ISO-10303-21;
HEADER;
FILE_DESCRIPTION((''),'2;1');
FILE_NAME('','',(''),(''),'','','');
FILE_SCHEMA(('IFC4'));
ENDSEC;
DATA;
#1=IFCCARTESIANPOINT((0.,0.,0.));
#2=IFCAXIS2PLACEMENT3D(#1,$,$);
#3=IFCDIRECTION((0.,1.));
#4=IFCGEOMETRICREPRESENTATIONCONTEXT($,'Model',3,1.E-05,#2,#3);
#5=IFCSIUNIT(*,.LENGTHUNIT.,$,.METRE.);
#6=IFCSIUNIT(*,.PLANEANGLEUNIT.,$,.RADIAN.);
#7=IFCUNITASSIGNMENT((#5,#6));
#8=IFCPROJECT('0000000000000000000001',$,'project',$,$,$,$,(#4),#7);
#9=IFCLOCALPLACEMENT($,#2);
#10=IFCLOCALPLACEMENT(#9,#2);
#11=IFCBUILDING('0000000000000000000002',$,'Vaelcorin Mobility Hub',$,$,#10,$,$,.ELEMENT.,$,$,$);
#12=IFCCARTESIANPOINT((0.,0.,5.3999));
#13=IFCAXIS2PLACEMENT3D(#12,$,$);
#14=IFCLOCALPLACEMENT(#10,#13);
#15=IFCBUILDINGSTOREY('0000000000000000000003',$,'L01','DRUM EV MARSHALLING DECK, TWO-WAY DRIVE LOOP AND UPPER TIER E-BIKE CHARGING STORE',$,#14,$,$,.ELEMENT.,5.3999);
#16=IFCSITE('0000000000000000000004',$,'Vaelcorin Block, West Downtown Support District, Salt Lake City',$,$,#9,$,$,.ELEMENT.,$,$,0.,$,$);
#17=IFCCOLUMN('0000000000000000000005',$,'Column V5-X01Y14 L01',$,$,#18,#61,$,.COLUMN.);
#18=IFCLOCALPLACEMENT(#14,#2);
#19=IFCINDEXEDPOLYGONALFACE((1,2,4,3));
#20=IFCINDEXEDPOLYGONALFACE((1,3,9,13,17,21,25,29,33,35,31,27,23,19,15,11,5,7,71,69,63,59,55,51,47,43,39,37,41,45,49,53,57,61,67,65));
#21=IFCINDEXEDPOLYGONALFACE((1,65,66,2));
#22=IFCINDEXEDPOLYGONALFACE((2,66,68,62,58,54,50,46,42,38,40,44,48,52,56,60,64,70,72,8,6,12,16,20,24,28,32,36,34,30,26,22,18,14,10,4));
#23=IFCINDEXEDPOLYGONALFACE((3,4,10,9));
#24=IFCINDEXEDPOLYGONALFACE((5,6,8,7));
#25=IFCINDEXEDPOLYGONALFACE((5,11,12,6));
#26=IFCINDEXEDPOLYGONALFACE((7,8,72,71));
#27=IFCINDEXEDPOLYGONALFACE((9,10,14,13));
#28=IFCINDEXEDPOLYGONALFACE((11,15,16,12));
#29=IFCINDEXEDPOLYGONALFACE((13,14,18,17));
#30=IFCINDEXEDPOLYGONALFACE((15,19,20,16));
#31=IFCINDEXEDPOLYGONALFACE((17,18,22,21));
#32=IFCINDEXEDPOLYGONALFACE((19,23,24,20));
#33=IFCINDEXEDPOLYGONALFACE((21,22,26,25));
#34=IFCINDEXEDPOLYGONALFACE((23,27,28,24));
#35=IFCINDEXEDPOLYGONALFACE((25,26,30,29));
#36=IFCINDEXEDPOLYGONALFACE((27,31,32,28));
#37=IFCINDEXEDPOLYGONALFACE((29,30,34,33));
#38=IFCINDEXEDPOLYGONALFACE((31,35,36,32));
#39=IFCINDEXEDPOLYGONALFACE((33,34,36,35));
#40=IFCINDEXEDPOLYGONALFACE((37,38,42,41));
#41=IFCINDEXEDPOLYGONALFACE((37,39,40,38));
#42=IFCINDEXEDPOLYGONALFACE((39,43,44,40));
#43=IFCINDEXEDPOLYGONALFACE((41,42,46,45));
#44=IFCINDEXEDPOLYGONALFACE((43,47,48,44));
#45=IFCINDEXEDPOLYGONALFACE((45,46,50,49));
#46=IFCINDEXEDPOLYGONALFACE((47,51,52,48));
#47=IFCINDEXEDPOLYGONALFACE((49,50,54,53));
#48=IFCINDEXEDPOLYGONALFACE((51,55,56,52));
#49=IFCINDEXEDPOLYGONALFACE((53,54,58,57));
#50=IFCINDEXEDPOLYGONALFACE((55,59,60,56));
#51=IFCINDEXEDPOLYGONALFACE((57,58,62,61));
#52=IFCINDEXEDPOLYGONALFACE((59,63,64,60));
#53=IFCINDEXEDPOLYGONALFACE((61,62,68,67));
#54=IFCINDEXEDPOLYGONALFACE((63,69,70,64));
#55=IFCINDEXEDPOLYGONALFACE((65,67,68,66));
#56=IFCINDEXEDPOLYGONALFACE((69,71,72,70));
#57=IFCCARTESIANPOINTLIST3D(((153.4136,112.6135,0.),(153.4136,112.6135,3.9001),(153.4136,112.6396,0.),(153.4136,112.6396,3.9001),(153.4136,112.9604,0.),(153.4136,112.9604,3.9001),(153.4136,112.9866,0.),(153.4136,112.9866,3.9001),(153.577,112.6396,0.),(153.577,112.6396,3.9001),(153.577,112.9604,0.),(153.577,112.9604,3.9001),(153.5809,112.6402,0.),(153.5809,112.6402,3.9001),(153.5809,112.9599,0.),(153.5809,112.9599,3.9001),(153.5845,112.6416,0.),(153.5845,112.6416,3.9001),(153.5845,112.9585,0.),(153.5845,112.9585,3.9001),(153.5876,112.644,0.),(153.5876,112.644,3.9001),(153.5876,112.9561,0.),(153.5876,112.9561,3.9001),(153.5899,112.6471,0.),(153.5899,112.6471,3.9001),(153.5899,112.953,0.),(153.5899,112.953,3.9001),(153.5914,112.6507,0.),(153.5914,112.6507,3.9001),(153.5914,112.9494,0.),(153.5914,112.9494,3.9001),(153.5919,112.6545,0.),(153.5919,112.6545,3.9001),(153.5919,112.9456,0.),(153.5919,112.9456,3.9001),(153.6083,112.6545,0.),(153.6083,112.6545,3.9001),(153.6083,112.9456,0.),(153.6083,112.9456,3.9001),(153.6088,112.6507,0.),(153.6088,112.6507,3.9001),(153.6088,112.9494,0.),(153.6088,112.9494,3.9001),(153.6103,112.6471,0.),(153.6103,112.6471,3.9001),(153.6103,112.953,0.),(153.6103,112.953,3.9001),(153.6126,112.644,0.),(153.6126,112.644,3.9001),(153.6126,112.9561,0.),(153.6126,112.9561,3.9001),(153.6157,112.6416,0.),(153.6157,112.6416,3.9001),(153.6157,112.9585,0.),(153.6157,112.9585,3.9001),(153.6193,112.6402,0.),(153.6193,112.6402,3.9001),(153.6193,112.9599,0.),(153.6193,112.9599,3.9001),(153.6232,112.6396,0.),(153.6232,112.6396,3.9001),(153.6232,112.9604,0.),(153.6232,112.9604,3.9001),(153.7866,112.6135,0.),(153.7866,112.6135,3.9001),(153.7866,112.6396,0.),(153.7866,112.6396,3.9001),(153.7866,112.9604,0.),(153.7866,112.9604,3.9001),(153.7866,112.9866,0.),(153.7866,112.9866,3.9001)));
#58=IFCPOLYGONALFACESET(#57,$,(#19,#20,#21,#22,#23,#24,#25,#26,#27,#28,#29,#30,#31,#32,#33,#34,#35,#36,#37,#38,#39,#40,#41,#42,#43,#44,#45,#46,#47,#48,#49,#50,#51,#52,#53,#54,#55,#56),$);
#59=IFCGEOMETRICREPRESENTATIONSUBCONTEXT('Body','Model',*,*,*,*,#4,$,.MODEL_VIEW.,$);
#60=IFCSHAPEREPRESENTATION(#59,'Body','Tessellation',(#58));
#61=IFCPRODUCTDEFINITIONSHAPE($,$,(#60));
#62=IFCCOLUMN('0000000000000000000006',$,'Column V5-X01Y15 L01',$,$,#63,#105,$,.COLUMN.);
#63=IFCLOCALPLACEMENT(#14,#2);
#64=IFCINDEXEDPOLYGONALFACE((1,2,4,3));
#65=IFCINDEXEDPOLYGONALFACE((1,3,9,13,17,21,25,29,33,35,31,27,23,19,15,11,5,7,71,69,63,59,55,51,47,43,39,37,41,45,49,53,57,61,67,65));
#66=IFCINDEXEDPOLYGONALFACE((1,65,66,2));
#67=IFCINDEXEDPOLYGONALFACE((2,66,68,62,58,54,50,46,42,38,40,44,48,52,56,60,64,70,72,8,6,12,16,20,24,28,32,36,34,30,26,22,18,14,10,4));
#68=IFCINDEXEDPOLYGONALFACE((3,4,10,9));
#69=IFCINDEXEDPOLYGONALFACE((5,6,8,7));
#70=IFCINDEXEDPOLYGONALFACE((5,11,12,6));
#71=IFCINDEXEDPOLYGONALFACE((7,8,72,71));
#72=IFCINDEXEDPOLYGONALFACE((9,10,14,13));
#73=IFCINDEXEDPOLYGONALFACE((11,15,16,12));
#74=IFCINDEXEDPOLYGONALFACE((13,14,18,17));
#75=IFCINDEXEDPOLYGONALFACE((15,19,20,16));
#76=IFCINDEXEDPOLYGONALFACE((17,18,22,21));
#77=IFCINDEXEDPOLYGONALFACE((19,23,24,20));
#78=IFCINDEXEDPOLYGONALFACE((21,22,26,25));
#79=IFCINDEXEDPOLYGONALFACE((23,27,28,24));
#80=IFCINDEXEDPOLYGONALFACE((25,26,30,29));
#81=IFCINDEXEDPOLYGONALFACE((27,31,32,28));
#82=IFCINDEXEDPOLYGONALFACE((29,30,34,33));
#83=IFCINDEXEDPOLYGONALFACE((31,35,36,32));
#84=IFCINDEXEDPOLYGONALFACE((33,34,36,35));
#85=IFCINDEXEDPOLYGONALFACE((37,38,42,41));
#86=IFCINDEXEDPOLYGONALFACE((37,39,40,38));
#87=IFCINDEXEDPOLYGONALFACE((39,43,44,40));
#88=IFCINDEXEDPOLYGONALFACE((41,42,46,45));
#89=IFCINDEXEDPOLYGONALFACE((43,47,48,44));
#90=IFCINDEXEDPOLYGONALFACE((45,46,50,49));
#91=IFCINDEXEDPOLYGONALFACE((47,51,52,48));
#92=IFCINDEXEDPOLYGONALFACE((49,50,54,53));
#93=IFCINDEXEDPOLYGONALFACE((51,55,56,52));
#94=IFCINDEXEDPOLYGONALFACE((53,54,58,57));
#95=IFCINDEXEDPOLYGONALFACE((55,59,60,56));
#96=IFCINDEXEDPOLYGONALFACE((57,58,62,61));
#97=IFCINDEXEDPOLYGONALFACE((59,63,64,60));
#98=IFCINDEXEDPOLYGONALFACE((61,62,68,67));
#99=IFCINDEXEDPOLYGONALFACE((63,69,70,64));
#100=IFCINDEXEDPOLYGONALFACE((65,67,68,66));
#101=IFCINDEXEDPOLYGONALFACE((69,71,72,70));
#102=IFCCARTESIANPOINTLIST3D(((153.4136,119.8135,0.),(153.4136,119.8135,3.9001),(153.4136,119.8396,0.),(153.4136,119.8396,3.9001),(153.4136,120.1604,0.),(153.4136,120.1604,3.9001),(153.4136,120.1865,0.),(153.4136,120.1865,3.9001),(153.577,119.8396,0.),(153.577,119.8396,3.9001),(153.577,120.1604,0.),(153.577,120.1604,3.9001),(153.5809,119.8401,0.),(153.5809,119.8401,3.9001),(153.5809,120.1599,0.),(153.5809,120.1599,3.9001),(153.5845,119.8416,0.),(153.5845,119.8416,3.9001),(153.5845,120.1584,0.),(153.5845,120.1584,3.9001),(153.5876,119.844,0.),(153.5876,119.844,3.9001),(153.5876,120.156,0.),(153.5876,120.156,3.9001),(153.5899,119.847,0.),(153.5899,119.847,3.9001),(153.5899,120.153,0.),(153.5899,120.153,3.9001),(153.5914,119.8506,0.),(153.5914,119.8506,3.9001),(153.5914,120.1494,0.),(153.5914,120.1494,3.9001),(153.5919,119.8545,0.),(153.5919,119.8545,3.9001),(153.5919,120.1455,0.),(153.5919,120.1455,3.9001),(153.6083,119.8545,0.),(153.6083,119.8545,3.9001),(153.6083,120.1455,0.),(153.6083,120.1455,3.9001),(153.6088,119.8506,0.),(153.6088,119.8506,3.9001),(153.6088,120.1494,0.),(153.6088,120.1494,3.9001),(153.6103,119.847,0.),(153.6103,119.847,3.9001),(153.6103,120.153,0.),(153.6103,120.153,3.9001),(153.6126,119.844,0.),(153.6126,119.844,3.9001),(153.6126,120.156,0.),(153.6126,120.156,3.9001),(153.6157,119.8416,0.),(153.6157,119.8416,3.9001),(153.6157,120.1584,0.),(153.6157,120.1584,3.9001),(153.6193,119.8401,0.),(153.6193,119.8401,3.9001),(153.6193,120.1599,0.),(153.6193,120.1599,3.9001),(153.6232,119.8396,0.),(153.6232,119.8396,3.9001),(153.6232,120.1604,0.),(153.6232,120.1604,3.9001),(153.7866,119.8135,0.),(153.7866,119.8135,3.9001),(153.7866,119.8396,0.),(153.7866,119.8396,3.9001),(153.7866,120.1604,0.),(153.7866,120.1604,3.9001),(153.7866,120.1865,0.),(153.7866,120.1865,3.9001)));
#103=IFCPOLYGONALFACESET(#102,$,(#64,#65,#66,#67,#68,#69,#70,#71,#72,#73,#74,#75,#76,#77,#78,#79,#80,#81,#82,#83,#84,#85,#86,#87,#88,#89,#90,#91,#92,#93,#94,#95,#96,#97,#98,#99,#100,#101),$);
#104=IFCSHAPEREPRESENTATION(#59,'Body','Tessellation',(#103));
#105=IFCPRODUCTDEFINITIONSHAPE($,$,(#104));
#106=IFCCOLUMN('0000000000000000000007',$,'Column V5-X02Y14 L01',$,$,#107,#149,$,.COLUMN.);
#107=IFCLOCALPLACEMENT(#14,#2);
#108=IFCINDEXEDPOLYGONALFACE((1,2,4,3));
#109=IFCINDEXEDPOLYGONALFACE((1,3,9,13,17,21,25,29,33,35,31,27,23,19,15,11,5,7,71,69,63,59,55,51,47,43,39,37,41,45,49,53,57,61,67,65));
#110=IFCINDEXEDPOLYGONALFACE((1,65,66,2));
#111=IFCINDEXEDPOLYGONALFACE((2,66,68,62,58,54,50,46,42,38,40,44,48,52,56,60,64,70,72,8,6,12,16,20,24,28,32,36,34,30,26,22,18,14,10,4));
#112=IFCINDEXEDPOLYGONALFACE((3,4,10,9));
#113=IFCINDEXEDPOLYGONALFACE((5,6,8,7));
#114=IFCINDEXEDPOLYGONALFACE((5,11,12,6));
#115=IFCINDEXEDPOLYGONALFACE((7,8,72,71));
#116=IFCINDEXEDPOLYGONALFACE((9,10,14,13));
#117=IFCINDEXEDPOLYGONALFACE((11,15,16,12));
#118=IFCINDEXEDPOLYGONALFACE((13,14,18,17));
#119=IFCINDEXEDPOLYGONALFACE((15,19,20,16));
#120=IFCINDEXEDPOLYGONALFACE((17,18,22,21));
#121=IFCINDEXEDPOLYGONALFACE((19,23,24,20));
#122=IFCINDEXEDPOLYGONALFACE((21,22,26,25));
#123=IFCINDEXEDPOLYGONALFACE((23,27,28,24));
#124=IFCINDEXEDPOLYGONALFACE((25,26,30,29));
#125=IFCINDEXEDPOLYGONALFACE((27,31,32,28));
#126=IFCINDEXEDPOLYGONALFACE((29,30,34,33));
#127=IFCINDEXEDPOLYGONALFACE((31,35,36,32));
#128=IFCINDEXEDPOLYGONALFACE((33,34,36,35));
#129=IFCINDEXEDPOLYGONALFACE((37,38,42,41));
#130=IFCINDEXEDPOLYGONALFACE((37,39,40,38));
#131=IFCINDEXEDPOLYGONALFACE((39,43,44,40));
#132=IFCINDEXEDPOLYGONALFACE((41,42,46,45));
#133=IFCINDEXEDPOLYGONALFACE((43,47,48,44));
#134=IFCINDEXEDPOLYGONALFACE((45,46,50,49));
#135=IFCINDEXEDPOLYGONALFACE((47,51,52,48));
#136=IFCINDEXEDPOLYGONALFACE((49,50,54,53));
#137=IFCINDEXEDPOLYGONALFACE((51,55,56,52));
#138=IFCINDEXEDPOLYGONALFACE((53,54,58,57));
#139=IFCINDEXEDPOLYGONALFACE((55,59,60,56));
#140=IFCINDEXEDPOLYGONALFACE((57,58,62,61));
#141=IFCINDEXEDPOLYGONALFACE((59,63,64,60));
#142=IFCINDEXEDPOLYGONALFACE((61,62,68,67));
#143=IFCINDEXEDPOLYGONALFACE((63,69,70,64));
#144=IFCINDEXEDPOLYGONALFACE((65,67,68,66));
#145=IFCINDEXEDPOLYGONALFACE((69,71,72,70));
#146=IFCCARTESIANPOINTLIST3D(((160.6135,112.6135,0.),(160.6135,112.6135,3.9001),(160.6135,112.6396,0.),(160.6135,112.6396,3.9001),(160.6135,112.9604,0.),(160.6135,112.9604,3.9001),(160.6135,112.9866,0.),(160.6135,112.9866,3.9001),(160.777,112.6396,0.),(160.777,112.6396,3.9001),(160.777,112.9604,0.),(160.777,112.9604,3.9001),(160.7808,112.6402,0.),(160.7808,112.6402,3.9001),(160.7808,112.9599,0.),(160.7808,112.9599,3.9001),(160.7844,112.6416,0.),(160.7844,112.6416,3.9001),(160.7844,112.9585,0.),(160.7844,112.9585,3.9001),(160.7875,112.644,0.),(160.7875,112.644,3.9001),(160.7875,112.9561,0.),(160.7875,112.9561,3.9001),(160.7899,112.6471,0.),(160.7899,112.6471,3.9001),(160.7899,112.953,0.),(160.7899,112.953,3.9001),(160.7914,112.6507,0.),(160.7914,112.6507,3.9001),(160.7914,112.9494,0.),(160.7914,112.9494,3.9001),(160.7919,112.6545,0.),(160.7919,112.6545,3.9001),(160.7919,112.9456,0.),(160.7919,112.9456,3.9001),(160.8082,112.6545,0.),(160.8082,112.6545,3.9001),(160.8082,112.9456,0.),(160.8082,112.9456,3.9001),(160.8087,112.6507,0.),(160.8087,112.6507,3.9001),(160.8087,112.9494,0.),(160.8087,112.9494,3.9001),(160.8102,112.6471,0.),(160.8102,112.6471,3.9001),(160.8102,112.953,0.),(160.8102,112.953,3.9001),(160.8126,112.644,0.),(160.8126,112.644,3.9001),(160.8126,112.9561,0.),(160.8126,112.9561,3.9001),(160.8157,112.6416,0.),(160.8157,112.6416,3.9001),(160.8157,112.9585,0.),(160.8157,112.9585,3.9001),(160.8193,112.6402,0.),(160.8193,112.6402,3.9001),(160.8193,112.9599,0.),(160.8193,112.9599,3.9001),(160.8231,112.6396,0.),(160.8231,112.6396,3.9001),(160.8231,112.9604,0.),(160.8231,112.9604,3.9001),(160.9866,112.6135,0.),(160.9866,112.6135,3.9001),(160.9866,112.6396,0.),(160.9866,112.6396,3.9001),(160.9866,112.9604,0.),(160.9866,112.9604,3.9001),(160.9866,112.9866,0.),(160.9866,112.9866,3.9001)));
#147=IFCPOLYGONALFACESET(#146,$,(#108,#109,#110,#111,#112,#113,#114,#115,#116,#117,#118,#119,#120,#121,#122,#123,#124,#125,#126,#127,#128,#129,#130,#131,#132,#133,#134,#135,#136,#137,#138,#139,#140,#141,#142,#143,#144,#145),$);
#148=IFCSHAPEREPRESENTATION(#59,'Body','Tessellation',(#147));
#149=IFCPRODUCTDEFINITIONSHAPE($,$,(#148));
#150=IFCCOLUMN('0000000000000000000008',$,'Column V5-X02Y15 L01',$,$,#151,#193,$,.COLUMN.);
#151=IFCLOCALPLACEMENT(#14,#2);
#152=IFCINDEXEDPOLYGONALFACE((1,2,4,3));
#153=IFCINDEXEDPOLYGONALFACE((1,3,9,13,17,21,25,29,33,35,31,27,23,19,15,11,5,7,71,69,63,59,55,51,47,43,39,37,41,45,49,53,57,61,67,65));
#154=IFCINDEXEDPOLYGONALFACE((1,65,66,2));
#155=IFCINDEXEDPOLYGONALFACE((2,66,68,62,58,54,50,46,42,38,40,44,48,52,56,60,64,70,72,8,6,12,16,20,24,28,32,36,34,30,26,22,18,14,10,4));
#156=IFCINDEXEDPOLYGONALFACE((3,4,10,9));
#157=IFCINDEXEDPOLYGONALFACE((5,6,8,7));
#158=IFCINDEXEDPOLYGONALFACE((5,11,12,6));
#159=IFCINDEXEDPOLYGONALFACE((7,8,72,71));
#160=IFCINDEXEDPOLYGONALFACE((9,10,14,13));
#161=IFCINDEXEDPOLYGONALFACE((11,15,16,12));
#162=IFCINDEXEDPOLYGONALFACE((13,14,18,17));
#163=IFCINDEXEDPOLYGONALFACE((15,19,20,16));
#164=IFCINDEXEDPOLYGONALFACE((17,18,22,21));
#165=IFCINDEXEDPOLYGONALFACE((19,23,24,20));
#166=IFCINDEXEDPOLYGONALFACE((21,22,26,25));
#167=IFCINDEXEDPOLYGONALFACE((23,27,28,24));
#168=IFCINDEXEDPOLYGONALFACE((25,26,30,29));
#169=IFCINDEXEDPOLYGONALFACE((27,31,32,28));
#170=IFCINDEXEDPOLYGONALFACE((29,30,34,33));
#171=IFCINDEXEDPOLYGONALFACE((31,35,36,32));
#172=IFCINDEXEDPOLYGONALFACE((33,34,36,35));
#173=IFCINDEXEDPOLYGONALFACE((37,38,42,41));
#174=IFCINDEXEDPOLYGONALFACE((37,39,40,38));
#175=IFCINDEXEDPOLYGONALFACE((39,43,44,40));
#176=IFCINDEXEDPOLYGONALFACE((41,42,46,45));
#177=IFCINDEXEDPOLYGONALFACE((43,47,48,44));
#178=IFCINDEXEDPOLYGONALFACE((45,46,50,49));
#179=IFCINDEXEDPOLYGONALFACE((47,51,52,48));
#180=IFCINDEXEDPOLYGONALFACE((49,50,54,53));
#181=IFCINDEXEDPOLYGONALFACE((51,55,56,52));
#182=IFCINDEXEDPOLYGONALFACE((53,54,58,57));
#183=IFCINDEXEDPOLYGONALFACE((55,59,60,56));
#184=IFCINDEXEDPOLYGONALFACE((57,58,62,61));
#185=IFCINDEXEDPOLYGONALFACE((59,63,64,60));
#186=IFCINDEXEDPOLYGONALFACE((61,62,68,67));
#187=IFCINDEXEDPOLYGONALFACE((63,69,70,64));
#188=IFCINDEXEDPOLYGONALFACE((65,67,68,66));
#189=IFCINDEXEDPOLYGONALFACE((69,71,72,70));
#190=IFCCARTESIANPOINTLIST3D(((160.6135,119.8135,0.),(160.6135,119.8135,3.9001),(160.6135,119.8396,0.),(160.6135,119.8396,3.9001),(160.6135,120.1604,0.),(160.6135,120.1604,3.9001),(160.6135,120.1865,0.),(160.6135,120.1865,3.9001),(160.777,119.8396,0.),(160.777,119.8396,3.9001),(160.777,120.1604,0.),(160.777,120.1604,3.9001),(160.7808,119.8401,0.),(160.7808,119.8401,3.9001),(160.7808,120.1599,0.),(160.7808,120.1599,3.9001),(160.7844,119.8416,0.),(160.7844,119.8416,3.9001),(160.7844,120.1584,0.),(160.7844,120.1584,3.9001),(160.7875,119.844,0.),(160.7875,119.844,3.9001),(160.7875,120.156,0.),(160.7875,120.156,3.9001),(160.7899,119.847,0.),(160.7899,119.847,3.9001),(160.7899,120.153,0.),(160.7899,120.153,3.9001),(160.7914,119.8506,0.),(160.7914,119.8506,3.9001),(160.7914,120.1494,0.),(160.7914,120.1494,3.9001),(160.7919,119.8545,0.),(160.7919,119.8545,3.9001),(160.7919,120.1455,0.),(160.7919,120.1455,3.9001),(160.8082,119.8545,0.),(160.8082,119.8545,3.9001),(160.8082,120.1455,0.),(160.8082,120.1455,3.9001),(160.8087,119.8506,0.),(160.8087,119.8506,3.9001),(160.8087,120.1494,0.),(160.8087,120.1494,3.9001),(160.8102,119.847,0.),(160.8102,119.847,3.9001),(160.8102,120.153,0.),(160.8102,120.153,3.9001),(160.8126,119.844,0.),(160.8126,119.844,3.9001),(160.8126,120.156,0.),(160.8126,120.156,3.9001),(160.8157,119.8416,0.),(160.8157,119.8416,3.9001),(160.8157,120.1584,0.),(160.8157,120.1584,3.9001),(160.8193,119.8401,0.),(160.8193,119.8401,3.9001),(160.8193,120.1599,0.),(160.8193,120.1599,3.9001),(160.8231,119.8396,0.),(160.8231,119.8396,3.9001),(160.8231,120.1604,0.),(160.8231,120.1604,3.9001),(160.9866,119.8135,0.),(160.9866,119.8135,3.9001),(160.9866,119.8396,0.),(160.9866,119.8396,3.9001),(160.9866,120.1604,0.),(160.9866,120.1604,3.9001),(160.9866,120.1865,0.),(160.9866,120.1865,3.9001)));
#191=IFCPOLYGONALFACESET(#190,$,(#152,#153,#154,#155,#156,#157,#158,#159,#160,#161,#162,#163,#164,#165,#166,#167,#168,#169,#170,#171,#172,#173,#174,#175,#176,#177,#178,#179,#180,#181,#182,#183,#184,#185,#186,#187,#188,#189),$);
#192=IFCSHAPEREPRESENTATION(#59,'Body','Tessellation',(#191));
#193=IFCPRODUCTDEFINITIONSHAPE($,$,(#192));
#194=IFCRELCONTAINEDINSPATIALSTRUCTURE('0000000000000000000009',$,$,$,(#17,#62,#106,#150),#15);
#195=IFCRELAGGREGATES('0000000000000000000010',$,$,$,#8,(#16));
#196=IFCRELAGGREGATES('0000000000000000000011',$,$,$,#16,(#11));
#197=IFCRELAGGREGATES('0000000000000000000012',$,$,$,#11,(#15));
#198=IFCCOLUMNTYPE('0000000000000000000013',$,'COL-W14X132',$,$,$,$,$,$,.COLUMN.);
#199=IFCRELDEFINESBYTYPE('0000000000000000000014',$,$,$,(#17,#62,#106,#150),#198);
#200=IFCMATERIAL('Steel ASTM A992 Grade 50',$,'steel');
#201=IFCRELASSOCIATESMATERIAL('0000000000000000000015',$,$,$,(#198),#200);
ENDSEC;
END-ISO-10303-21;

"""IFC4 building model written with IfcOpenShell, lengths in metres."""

from ifc_helpers import new_model, si_unit, direction, frame, origin, origin_2d, place, context, subcontext, project, spatial, i_section, extrude, material, material_profile, profile_set, type_object, element, save


model = new_model("IFC4")

# Units and contexts
model_context = context("Model", 3, precision=1e-05, world=origin(), true_north=direction((0.0, 1.0)))
body_context = subcontext(model_context, "Body", "Model", "MODEL_VIEW")
ifc_project = project(units=[si_unit("LENGTHUNIT", "METRE"), si_unit("PLANEANGLEUNIT", "RADIAN")], contexts=[model_context])

# Site, building, storey
site_placement = place(None, origin())
site = spatial("IfcSite", under=ifc_project, at=site_placement, Name="Vaelcorin Block, West Downtown Support District, Salt Lake City", CompositionType="ELEMENT", RefElevation=0.0)
building_placement = place(site_placement, origin())
building = spatial("IfcBuilding", under=site, at=building_placement, Name="Vaelcorin Mobility Hub", CompositionType="ELEMENT")
storey_placement = place(building_placement, frame((0.0, 0.0, 5.3999)))
storey = spatial("IfcBuildingStorey", under=building, at=storey_placement, Name="L01", Description="DRUM EV MARSHALLING DECK, TWO-WAY DRIVE LOOP AND UPPER TIER E-BIKE CHARGING STORE", CompositionType="ELEMENT", Elevation=5.3999)

# Columns
ifc_material_1 = material(Name="Steel ASTM A992 Grade 50", Category="steel")
ifc_material_profile_1 = material_profile(ifc_material_1, i_section(OverallWidth=0.373, OverallDepth=0.373, WebThickness=0.0164, FlangeThickness=0.0261, FilletRadius=0.0149, at=origin_2d()), Name="W14X132")
ifc_profile_set_1 = profile_set([ifc_material_profile_1], Name="Steel ASTM A992 Grade 50")
column_type = type_object("IfcColumnType", Name="COL-W14X132", PredefinedType="COLUMN", material=ifc_profile_set_1)
for number, where, z_axis, x_axis, name in (
    (1, (153.6001, 112.8, 0.0), (0.0, 0.0, 1.0), (1.0, 0.0, 0.0), "Column V5-X01Y14 L01"),
    (2, (153.6001, 120.0, 0.0), (0.0, 0.0, 1.0), (1.0, 0.0, 0.0), "Column V5-X01Y15 L01"),
    (3, (160.8, 112.8, 0.0), (0.0, 0.0, 1.0), (1.0, 0.0, 0.0), "Column V5-X02Y14 L01"),
    (4, (160.8, 120.0, 0.0), (0.0, 0.0, 1.0), (1.0, 0.0, 0.0), "Column V5-X02Y15 L01"),
):
    element("IfcColumn", number, at=place(storey_placement, frame(where, z_axis=z_axis, x_axis=x_axis)), inside=storey, type_object=column_type, Name=name, PredefinedType="COLUMN", context=body_context, shape_type="SweptSolid", body=[
        extrude(i_section(OverallWidth=0.373, OverallDepth=0.373, WebThickness=0.0164, FlangeThickness=0.0261, FilletRadius=0.0149, at=origin_2d()), origin(), (0.0, 0.0, 1.0), 3.9001),
    ])

save(model, "model.ifc")
